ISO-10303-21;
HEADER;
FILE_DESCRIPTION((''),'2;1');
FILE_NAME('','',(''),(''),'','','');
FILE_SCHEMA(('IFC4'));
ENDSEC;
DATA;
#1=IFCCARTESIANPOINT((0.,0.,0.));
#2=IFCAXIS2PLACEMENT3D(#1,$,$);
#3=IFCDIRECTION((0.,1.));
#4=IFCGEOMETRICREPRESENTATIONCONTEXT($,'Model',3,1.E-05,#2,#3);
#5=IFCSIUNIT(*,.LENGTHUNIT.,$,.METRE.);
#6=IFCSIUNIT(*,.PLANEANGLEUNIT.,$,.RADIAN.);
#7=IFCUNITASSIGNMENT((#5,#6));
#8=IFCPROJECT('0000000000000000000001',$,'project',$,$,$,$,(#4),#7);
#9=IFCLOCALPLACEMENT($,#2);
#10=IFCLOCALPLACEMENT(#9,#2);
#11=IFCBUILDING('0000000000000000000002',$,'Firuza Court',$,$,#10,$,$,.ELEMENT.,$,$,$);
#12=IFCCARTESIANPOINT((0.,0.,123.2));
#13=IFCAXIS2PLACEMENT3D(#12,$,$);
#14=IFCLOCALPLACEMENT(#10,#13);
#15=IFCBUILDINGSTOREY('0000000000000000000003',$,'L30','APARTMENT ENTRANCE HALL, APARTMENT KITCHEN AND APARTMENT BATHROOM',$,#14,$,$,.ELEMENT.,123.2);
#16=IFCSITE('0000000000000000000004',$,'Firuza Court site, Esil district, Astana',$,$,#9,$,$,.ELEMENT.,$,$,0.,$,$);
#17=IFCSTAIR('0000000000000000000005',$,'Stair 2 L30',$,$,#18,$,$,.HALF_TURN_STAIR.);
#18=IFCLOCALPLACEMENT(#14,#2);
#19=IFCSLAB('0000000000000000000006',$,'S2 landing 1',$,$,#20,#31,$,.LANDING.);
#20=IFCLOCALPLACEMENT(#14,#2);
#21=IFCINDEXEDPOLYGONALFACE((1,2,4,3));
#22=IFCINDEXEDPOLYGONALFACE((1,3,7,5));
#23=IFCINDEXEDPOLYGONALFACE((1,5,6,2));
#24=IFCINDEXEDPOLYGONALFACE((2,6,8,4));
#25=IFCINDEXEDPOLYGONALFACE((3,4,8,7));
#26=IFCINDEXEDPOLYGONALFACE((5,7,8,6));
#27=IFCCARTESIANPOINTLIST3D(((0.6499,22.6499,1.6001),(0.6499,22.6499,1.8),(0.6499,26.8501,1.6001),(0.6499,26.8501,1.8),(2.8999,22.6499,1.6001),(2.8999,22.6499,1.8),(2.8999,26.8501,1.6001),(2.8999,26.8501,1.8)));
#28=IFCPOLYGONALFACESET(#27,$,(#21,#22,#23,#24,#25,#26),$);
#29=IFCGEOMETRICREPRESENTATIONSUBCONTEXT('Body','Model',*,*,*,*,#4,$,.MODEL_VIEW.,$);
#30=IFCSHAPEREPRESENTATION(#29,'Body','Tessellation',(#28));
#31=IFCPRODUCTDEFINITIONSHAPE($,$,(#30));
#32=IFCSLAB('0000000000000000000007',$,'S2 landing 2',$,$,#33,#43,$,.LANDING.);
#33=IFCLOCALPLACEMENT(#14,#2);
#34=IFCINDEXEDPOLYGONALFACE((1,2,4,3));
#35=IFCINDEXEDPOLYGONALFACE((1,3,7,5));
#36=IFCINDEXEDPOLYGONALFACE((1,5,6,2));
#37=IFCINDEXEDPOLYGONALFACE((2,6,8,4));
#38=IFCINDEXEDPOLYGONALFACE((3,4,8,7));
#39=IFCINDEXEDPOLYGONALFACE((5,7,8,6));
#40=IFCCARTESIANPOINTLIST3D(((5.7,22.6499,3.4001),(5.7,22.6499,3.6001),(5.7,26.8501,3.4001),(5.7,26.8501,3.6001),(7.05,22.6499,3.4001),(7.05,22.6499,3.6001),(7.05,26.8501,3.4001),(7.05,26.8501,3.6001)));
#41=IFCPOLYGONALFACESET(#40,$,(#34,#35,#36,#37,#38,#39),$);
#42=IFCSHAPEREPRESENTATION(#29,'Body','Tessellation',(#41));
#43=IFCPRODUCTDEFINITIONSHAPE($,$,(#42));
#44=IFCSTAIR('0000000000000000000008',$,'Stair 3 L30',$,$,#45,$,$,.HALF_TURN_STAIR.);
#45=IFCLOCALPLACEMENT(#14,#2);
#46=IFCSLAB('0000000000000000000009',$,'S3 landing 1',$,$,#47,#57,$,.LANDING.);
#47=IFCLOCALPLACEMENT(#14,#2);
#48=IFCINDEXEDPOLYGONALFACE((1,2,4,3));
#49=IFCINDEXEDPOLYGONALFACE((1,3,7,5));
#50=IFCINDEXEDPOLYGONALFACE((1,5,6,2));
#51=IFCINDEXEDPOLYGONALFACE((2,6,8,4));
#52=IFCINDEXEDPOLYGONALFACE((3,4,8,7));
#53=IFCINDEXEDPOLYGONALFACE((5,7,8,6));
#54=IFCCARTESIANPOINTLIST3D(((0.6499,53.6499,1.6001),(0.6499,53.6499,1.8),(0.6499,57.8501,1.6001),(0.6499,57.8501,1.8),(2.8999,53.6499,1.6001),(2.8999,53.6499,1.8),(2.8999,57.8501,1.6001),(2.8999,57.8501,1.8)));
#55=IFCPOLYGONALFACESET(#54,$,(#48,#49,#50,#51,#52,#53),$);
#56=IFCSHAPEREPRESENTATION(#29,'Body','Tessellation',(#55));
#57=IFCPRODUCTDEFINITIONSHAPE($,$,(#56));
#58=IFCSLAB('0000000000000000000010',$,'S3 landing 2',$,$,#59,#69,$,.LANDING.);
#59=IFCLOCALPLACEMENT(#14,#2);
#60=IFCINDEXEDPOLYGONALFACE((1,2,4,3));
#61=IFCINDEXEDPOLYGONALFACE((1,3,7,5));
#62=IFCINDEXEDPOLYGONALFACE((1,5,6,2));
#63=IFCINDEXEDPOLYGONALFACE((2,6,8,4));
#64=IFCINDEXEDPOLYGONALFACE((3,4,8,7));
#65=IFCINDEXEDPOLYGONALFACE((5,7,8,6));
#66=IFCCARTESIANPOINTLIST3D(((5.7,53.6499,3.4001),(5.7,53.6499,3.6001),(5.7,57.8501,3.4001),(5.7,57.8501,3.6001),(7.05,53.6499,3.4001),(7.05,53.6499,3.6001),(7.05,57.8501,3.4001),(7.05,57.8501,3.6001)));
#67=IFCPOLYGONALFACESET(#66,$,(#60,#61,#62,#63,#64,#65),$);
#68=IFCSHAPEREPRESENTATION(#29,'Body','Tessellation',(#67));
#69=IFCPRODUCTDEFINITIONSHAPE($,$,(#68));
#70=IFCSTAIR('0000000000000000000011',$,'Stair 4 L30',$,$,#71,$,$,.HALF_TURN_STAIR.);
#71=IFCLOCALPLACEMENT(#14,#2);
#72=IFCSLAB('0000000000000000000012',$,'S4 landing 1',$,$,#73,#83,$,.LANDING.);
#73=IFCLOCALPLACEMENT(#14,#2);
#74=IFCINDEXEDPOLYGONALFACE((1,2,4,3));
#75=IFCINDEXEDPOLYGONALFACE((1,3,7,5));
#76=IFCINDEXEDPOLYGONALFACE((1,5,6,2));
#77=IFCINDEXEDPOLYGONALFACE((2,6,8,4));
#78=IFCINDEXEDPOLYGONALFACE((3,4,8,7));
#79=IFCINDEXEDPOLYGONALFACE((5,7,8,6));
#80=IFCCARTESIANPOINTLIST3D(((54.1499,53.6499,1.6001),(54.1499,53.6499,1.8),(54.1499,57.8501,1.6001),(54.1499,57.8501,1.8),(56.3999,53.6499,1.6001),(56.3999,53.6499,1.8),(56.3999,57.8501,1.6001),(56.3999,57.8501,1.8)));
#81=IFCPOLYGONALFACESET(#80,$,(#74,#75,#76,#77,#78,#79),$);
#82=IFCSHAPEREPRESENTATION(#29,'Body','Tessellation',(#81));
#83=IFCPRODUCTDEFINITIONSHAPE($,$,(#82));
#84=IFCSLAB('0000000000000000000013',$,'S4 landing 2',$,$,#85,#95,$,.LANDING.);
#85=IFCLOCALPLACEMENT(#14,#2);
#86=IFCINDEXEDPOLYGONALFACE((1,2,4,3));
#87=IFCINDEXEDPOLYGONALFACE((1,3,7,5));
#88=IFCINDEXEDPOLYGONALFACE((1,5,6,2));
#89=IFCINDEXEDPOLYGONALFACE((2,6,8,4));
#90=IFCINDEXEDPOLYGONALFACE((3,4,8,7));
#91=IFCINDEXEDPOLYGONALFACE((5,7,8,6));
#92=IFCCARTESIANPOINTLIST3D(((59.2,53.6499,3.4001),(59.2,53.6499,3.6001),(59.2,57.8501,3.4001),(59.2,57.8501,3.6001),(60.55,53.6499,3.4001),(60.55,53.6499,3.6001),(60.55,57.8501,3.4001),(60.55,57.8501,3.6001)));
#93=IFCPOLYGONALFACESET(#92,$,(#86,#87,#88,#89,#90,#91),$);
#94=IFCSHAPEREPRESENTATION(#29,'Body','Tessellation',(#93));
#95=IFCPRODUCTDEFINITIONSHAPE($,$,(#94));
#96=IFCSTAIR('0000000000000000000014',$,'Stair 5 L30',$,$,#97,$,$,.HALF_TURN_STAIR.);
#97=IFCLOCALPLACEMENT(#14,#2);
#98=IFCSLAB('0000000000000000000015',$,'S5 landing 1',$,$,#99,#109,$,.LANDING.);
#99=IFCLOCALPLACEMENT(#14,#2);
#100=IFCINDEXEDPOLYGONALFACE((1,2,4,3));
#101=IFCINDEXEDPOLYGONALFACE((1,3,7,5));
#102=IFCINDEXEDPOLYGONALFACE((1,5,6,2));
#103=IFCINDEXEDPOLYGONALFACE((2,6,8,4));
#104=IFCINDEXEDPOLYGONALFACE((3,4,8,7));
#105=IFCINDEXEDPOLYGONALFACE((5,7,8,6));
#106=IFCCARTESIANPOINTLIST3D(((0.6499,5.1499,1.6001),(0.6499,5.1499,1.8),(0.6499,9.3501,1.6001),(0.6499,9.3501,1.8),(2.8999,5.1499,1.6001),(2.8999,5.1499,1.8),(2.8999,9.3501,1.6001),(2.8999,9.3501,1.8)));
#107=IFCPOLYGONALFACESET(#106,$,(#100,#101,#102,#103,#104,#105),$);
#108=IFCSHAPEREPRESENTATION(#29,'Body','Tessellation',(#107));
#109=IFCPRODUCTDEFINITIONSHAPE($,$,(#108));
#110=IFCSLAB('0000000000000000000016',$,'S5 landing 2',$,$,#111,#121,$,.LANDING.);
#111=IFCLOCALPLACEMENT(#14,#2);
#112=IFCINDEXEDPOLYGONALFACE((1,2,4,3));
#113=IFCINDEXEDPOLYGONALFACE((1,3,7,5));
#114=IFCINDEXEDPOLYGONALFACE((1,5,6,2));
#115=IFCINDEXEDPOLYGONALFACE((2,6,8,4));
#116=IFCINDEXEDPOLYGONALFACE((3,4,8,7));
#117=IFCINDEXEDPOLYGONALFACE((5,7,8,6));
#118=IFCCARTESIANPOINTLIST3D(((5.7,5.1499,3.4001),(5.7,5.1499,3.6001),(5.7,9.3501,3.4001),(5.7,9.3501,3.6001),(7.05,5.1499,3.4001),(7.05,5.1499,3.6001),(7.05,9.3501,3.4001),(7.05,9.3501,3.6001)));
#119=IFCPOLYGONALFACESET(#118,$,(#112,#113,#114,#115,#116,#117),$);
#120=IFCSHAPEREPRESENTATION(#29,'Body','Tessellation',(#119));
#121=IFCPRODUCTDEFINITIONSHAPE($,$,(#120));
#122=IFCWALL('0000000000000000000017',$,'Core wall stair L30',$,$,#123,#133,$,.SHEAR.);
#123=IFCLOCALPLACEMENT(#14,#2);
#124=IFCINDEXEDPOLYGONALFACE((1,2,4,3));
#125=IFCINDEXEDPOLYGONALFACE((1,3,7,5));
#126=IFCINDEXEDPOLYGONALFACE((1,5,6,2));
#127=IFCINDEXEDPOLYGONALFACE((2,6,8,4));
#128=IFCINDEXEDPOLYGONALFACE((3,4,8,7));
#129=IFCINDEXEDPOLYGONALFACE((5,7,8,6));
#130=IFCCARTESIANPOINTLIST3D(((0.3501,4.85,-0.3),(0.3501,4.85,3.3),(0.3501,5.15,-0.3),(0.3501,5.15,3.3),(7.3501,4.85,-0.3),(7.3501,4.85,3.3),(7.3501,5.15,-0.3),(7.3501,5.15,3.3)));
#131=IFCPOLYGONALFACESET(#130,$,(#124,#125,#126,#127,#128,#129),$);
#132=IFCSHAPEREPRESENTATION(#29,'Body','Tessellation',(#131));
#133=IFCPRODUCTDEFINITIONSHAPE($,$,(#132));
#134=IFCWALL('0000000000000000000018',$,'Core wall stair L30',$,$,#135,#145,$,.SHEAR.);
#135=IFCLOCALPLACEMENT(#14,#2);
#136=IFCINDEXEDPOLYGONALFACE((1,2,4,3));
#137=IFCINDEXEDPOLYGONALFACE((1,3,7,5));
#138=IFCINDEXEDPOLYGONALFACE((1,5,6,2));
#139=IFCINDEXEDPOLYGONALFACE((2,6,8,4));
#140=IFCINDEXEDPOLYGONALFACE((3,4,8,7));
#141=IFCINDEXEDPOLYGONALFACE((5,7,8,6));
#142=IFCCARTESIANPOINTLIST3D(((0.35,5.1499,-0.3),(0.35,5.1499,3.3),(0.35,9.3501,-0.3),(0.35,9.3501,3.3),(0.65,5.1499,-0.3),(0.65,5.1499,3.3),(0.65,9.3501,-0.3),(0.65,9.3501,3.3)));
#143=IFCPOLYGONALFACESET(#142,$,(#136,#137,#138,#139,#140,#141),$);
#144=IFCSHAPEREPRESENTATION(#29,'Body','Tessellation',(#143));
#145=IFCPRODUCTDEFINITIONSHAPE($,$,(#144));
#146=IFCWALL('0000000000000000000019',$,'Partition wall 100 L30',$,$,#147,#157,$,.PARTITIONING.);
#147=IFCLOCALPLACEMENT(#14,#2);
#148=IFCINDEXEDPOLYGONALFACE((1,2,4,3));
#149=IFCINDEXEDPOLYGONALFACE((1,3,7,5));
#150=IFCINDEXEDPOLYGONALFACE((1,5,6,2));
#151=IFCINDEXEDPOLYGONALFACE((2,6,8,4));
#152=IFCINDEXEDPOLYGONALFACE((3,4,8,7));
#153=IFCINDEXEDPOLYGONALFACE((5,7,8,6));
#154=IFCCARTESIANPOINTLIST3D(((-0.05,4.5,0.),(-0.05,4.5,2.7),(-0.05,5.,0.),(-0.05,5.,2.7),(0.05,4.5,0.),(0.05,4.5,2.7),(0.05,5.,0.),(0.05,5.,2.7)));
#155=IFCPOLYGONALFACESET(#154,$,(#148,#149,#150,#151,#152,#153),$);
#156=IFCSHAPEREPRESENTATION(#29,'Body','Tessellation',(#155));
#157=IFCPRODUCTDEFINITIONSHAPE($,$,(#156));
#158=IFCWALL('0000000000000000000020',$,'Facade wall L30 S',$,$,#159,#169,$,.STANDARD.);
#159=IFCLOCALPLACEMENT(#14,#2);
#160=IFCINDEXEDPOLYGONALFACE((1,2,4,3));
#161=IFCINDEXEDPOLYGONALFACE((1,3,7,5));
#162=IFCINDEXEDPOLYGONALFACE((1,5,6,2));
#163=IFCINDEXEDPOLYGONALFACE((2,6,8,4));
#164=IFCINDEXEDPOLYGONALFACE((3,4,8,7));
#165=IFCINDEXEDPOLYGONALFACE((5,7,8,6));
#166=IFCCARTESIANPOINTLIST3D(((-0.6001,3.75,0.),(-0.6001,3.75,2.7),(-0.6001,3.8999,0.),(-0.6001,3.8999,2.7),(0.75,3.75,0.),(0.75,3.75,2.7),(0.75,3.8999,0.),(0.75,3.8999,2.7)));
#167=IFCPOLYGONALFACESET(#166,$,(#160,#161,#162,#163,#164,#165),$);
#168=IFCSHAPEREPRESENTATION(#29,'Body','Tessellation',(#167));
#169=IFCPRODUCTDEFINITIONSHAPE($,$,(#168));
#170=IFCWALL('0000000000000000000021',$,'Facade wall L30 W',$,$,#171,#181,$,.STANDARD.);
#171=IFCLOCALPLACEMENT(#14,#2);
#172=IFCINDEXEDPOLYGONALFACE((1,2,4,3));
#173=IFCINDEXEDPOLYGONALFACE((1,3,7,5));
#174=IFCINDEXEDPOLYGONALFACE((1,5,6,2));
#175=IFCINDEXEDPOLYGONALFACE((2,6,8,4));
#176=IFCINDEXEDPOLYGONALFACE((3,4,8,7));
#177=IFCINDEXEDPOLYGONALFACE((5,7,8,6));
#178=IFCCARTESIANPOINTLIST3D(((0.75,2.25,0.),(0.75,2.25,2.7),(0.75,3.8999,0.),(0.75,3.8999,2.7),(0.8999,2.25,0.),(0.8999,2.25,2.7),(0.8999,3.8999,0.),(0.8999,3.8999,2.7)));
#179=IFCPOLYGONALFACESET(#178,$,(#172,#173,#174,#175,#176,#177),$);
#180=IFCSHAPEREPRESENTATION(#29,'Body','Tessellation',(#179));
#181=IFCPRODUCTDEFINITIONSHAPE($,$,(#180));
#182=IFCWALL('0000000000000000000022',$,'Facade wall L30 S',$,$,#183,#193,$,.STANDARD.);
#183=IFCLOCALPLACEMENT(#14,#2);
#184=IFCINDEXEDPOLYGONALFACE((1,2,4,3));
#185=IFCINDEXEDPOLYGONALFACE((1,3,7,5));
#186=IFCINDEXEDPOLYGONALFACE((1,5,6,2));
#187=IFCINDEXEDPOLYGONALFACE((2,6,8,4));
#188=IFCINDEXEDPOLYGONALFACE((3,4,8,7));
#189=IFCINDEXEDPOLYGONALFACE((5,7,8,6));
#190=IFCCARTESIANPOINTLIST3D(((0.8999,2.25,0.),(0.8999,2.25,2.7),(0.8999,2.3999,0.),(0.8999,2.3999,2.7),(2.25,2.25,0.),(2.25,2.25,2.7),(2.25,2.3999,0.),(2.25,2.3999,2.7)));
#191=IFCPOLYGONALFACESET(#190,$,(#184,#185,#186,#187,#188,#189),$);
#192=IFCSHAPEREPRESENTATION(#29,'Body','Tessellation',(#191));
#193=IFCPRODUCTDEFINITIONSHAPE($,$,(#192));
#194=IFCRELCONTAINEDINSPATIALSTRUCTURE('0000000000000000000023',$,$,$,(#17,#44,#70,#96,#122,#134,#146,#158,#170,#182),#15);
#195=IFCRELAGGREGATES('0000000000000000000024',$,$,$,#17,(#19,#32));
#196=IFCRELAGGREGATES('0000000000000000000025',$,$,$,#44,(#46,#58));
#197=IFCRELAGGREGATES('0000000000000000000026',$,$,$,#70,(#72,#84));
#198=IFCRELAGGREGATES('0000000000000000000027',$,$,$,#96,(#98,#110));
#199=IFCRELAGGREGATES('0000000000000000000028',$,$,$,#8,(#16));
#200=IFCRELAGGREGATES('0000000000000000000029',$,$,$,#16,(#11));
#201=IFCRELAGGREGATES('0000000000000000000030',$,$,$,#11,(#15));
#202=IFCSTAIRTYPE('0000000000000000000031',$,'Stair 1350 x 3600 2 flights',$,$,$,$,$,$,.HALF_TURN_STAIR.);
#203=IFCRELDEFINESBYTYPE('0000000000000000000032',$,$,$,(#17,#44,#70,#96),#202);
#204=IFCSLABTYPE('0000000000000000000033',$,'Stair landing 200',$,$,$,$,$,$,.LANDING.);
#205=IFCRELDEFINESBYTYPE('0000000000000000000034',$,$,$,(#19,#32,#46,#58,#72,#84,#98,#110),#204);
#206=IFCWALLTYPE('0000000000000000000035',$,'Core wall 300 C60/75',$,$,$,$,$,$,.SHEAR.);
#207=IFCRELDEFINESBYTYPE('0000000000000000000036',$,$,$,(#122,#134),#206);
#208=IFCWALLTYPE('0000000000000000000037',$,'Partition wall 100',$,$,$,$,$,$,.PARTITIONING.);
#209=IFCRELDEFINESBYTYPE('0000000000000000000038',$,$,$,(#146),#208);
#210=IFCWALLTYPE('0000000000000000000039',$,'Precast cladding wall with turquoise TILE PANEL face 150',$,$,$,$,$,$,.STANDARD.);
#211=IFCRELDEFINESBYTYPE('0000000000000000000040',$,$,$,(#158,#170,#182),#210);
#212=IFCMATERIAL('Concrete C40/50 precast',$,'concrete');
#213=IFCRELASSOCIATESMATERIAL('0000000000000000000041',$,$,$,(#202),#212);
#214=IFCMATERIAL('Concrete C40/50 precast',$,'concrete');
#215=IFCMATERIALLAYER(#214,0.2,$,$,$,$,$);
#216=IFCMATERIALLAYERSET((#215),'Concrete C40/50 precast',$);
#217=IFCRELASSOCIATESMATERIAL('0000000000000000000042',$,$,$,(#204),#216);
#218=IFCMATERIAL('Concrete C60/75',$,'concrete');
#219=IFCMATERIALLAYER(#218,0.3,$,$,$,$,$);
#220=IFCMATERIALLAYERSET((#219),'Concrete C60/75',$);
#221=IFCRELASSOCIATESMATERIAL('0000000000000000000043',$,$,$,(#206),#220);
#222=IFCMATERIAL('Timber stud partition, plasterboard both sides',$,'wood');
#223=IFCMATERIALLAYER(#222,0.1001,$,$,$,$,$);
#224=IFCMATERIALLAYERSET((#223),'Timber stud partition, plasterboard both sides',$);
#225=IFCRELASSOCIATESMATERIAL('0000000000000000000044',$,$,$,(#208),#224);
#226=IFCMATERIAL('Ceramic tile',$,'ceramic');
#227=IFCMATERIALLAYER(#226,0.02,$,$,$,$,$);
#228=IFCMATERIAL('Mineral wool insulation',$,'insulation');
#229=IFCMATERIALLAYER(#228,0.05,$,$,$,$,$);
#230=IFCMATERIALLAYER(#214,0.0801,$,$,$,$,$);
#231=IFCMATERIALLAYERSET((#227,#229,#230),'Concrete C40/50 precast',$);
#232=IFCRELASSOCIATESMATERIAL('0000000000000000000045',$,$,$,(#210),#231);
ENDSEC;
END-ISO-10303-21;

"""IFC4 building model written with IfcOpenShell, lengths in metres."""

from ifc_helpers import new_model, si_unit, direction, frame, frame_2d, origin, place, context, subcontext, project, spatial, polyline, rectangle, outline, extrude, material, layer, layer_set, type_object, element, aggregate, save


model = new_model("IFC4")

# Units and contexts
model_context = context("Model", 3, precision=1e-05, world=origin(), true_north=direction((0.0, 1.0)))
body_context = subcontext(model_context, "Body", "Model", "MODEL_VIEW")
ifc_project = project(units=[si_unit("LENGTHUNIT", "METRE"), si_unit("PLANEANGLEUNIT", "RADIAN")], contexts=[model_context])

# Site, building, storey
site_placement = place(None, origin())
site = spatial("IfcSite", under=ifc_project, at=site_placement, Name="Firuza Court site, Esil district, Astana", CompositionType="ELEMENT", RefElevation=0.0)
building_placement = place(site_placement, origin())
building = spatial("IfcBuilding", under=site, at=building_placement, Name="Firuza Court", CompositionType="ELEMENT")
storey_placement = place(building_placement, frame((0.0, 0.0, 123.2)))
storey = spatial("IfcBuildingStorey", under=building, at=storey_placement, Name="L30", Description="APARTMENT ENTRANCE HALL, APARTMENT KITCHEN AND APARTMENT BATHROOM", CompositionType="ELEMENT", Elevation=123.2)

# Stairs, slabs
ifc_material_1 = material(Name="Concrete C40/50 precast", Category="concrete")
stair_type = type_object("IfcStairType", Name="Stair 1350 x 3600 2 flights", PredefinedType="HALF_TURN_STAIR", material=ifc_material_1)
ifc_material_2 = material(Name="Concrete C40/50 precast", Category="concrete")
ifc_layer_1 = layer(ifc_material_2, 0.2)
ifc_layer_set_1 = layer_set([ifc_layer_1], Name="Concrete C40/50 precast")
slab_type_1 = type_object("IfcSlabType", Name="Stair landing 200", PredefinedType="LANDING", material=ifc_layer_set_1)
stair_1_placement = place(storey_placement, origin())
stair_1 = element("IfcStair", 1, at=stair_1_placement, inside=storey, type_object=stair_type, Name="Stair 2 L30", PredefinedType="HALF_TURN_STAIR")
slab_1_placement = place(storey_placement, frame((0.0, 0.0, 1.6001)))
slab_1 = element("IfcSlab", 2, at=slab_1_placement, type_object=slab_type_1, Name="S2 landing 1", PredefinedType="LANDING", context=body_context, shape_type="SweptSolid", body=[
    extrude(outline(polyline([(2.8999, 22.6499), (2.8999, 26.8501), (0.6499, 26.8501), (0.6499, 22.6499), (2.8999, 22.6499)])), origin(), (0.0, 0.0, 1.0), 0.2),
])
slab_2_placement = place(storey_placement, frame((0.0, 0.0, 3.4001)))
slab_2 = element("IfcSlab", 3, at=slab_2_placement, type_object=slab_type_1, Name="S2 landing 2", PredefinedType="LANDING", context=body_context, shape_type="SweptSolid", body=[
    extrude(outline(polyline([(7.05, 22.6499), (7.05, 26.8501), (5.7, 26.8501), (5.7, 22.6499), (7.05, 22.6499)])), origin(), (0.0, 0.0, 1.0), 0.2),
])
aggregate(stair_1, [slab_1, slab_2])
stair_2_placement = place(storey_placement, origin())
stair_2 = element("IfcStair", 4, at=stair_2_placement, inside=storey, type_object=stair_type, Name="Stair 3 L30", PredefinedType="HALF_TURN_STAIR")
slab_3_placement = place(storey_placement, frame((0.0, 0.0, 1.6001)))
slab_3 = element("IfcSlab", 5, at=slab_3_placement, type_object=slab_type_1, Name="S3 landing 1", PredefinedType="LANDING", context=body_context, shape_type="SweptSolid", body=[
    extrude(outline(polyline([(2.8999, 53.6499), (2.8999, 57.8501), (0.6499, 57.8501), (0.6499, 53.6499), (2.8999, 53.6499)])), origin(), (0.0, 0.0, 1.0), 0.2),
])
slab_4_placement = place(storey_placement, frame((0.0, 0.0, 3.4001)))
slab_4 = element("IfcSlab", 6, at=slab_4_placement, type_object=slab_type_1, Name="S3 landing 2", PredefinedType="LANDING", context=body_context, shape_type="SweptSolid", body=[
    extrude(outline(polyline([(7.05, 53.6499), (7.05, 57.8501), (5.7, 57.8501), (5.7, 53.6499), (7.05, 53.6499)])), origin(), (0.0, 0.0, 1.0), 0.2),
])
aggregate(stair_2, [slab_3, slab_4])
stair_3_placement = place(storey_placement, origin())
stair_3 = element("IfcStair", 7, at=stair_3_placement, inside=storey, type_object=stair_type, Name="Stair 4 L30", PredefinedType="HALF_TURN_STAIR")
slab_5_placement = place(storey_placement, frame((0.0, 0.0, 1.6001)))
slab_5 = element("IfcSlab", 8, at=slab_5_placement, type_object=slab_type_1, Name="S4 landing 1", PredefinedType="LANDING", context=body_context, shape_type="SweptSolid", body=[
    extrude(outline(polyline([(56.3999, 53.6499), (56.3999, 57.8501), (54.1499, 57.8501), (54.1499, 53.6499), (56.3999, 53.6499)])), origin(), (0.0, 0.0, 1.0), 0.2),
])
slab_6_placement = place(storey_placement, frame((0.0, 0.0, 3.4001)))
slab_6 = element("IfcSlab", 9, at=slab_6_placement, type_object=slab_type_1, Name="S4 landing 2", PredefinedType="LANDING", context=body_context, shape_type="SweptSolid", body=[
    extrude(outline(polyline([(60.55, 53.6499), (60.55, 57.8501), (59.2, 57.8501), (59.2, 53.6499), (60.55, 53.6499)])), origin(), (0.0, 0.0, 1.0), 0.2),
])
aggregate(stair_3, [slab_5, slab_6])
stair_4_placement = place(storey_placement, origin())
stair_4 = element("IfcStair", 10, at=stair_4_placement, inside=storey, type_object=stair_type, Name="Stair 5 L30", PredefinedType="HALF_TURN_STAIR")
slab_7_placement = place(storey_placement, frame((0.0, 0.0, 1.6001)))
slab_7 = element("IfcSlab", 11, at=slab_7_placement, type_object=slab_type_1, Name="S5 landing 1", PredefinedType="LANDING", context=body_context, shape_type="SweptSolid", body=[
    extrude(outline(polyline([(2.8999, 5.1499), (2.8999, 9.3501), (0.6499, 9.3501), (0.6499, 5.1499), (2.8999, 5.1499)])), origin(), (0.0, 0.0, 1.0), 0.2),
])
slab_8_placement = place(storey_placement, frame((0.0, 0.0, 3.4001)))
slab_8 = element("IfcSlab", 12, at=slab_8_placement, type_object=slab_type_1, Name="S5 landing 2", PredefinedType="LANDING", context=body_context, shape_type="SweptSolid", body=[
    extrude(outline(polyline([(7.05, 5.1499), (7.05, 9.3501), (5.7, 9.3501), (5.7, 5.1499), (7.05, 5.1499)])), origin(), (0.0, 0.0, 1.0), 0.2),
])
aggregate(stair_4, [slab_7, slab_8])

# Walls
ifc_material_3 = material(Name="Concrete C60/75", Category="concrete")
ifc_layer_2 = layer(ifc_material_3, 0.3)
ifc_layer_set_2 = layer_set([ifc_layer_2], Name="Concrete C60/75")
wall_type_1 = type_object("IfcWallType", Name="Core wall 300 C60/75", PredefinedType="SHEAR", material=ifc_layer_set_2)
wall_1_placement = place(storey_placement, frame((0.3501, 5.0, -0.3), z_axis=(0.0, 0.0, 1.0), x_axis=(1.0, 0.0, 0.0)))
element("IfcWall", 13, at=wall_1_placement, inside=storey, type_object=wall_type_1, Name="Core wall stair L30", PredefinedType="SHEAR", context=body_context, shape_type="SweptSolid", body=[
    extrude(rectangle(XDim=7.0, YDim=0.3, at=frame_2d((3.5, 0.0))), origin(), (0.0, 0.0, 1.0), 3.6001),
])
wall_2_placement = place(storey_placement, frame((0.5, 5.1499, -0.3), z_axis=(0.0, 0.0, 1.0), x_axis=(0.0, 1.0, 0.0)))
element("IfcWall", 14, at=wall_2_placement, inside=storey, type_object=wall_type_1, Name="Core wall stair L30", PredefinedType="SHEAR", context=body_context, shape_type="SweptSolid", body=[
    extrude(rectangle(XDim=4.2002, YDim=0.3, at=frame_2d((2.1001, 0.0))), origin(), (0.0, 0.0, 1.0), 3.6001),
])
ifc_material_4 = material(Name="Timber stud partition, plasterboard both sides", Category="wood")
ifc_layer_3 = layer(ifc_material_4, 0.1001)
ifc_layer_set_3 = layer_set([ifc_layer_3], Name="Timber stud partition, plasterboard both sides")
wall_type_2 = type_object("IfcWallType", Name="Partition wall 100", PredefinedType="PARTITIONING", material=ifc_layer_set_3)
wall_3_placement = place(storey_placement, frame((0.0, 4.5, 0.0), z_axis=(0.0, 0.0, 1.0), x_axis=(0.0, 1.0, 0.0)))
element("IfcWall", 15, at=wall_3_placement, inside=storey, type_object=wall_type_2, Name="Partition wall 100 L30", PredefinedType="PARTITIONING", context=body_context, shape_type="SweptSolid", body=[
    extrude(rectangle(XDim=0.5, YDim=0.1001, at=frame_2d((0.25, 0.0))), origin(), (0.0, 0.0, 1.0), 2.7),
])
ifc_material_5 = material(Name="Ceramic tile", Category="ceramic")
ifc_layer_4 = layer(ifc_material_5, 0.02)
ifc_material_6 = material(Name="Mineral wool insulation", Category="insulation")
ifc_layer_5 = layer(ifc_material_6, 0.05)
ifc_layer_6 = layer(ifc_material_2, 0.0801)
ifc_layer_set_4 = layer_set([ifc_layer_4, ifc_layer_5, ifc_layer_6], Name="Concrete C40/50 precast")
wall_type_3 = type_object("IfcWallType", Name="Precast cladding wall with turquoise TILE PANEL face 150", PredefinedType="STANDARD", material=ifc_layer_set_4)
wall_4_placement = place(storey_placement, frame((-0.6001, 3.825, 0.0), z_axis=(0.0, 0.0, 1.0), x_axis=(1.0, 0.0, 0.0)))
element("IfcWall", 16, at=wall_4_placement, inside=storey, type_object=wall_type_3, Name="Facade wall L30 S", PredefinedType="STANDARD", context=body_context, shape_type="SweptSolid", body=[
    extrude(rectangle(XDim=1.3501, YDim=0.1499, at=frame_2d((0.675, 0.0))), origin(), (0.0, 0.0, 1.0), 2.7),
])
wall_5_placement = place(storey_placement, frame((0.825, 3.8999, 0.0), z_axis=(0.0, 0.0, 1.0), x_axis=(0.0, -1.0, 0.0)))
element("IfcWall", 17, at=wall_5_placement, inside=storey, type_object=wall_type_3, Name="Facade wall L30 W", PredefinedType="STANDARD", context=body_context, shape_type="SweptSolid", body=[
    extrude(rectangle(XDim=1.6499, YDim=0.1499, at=frame_2d((0.825, 0.0))), origin(), (0.0, 0.0, 1.0), 2.7),
])
wall_6_placement = place(storey_placement, frame((0.8999, 2.325, 0.0), z_axis=(0.0, 0.0, 1.0), x_axis=(1.0, 0.0, 0.0)))
element("IfcWall", 18, at=wall_6_placement, inside=storey, type_object=wall_type_3, Name="Facade wall L30 S", PredefinedType="STANDARD", context=body_context, shape_type="SweptSolid", body=[
    extrude(rectangle(XDim=1.3501, YDim=0.1499, at=frame_2d((0.675, 0.0))), origin(), (0.0, 0.0, 1.0), 2.7),
])

save(model, "model.ifc")
